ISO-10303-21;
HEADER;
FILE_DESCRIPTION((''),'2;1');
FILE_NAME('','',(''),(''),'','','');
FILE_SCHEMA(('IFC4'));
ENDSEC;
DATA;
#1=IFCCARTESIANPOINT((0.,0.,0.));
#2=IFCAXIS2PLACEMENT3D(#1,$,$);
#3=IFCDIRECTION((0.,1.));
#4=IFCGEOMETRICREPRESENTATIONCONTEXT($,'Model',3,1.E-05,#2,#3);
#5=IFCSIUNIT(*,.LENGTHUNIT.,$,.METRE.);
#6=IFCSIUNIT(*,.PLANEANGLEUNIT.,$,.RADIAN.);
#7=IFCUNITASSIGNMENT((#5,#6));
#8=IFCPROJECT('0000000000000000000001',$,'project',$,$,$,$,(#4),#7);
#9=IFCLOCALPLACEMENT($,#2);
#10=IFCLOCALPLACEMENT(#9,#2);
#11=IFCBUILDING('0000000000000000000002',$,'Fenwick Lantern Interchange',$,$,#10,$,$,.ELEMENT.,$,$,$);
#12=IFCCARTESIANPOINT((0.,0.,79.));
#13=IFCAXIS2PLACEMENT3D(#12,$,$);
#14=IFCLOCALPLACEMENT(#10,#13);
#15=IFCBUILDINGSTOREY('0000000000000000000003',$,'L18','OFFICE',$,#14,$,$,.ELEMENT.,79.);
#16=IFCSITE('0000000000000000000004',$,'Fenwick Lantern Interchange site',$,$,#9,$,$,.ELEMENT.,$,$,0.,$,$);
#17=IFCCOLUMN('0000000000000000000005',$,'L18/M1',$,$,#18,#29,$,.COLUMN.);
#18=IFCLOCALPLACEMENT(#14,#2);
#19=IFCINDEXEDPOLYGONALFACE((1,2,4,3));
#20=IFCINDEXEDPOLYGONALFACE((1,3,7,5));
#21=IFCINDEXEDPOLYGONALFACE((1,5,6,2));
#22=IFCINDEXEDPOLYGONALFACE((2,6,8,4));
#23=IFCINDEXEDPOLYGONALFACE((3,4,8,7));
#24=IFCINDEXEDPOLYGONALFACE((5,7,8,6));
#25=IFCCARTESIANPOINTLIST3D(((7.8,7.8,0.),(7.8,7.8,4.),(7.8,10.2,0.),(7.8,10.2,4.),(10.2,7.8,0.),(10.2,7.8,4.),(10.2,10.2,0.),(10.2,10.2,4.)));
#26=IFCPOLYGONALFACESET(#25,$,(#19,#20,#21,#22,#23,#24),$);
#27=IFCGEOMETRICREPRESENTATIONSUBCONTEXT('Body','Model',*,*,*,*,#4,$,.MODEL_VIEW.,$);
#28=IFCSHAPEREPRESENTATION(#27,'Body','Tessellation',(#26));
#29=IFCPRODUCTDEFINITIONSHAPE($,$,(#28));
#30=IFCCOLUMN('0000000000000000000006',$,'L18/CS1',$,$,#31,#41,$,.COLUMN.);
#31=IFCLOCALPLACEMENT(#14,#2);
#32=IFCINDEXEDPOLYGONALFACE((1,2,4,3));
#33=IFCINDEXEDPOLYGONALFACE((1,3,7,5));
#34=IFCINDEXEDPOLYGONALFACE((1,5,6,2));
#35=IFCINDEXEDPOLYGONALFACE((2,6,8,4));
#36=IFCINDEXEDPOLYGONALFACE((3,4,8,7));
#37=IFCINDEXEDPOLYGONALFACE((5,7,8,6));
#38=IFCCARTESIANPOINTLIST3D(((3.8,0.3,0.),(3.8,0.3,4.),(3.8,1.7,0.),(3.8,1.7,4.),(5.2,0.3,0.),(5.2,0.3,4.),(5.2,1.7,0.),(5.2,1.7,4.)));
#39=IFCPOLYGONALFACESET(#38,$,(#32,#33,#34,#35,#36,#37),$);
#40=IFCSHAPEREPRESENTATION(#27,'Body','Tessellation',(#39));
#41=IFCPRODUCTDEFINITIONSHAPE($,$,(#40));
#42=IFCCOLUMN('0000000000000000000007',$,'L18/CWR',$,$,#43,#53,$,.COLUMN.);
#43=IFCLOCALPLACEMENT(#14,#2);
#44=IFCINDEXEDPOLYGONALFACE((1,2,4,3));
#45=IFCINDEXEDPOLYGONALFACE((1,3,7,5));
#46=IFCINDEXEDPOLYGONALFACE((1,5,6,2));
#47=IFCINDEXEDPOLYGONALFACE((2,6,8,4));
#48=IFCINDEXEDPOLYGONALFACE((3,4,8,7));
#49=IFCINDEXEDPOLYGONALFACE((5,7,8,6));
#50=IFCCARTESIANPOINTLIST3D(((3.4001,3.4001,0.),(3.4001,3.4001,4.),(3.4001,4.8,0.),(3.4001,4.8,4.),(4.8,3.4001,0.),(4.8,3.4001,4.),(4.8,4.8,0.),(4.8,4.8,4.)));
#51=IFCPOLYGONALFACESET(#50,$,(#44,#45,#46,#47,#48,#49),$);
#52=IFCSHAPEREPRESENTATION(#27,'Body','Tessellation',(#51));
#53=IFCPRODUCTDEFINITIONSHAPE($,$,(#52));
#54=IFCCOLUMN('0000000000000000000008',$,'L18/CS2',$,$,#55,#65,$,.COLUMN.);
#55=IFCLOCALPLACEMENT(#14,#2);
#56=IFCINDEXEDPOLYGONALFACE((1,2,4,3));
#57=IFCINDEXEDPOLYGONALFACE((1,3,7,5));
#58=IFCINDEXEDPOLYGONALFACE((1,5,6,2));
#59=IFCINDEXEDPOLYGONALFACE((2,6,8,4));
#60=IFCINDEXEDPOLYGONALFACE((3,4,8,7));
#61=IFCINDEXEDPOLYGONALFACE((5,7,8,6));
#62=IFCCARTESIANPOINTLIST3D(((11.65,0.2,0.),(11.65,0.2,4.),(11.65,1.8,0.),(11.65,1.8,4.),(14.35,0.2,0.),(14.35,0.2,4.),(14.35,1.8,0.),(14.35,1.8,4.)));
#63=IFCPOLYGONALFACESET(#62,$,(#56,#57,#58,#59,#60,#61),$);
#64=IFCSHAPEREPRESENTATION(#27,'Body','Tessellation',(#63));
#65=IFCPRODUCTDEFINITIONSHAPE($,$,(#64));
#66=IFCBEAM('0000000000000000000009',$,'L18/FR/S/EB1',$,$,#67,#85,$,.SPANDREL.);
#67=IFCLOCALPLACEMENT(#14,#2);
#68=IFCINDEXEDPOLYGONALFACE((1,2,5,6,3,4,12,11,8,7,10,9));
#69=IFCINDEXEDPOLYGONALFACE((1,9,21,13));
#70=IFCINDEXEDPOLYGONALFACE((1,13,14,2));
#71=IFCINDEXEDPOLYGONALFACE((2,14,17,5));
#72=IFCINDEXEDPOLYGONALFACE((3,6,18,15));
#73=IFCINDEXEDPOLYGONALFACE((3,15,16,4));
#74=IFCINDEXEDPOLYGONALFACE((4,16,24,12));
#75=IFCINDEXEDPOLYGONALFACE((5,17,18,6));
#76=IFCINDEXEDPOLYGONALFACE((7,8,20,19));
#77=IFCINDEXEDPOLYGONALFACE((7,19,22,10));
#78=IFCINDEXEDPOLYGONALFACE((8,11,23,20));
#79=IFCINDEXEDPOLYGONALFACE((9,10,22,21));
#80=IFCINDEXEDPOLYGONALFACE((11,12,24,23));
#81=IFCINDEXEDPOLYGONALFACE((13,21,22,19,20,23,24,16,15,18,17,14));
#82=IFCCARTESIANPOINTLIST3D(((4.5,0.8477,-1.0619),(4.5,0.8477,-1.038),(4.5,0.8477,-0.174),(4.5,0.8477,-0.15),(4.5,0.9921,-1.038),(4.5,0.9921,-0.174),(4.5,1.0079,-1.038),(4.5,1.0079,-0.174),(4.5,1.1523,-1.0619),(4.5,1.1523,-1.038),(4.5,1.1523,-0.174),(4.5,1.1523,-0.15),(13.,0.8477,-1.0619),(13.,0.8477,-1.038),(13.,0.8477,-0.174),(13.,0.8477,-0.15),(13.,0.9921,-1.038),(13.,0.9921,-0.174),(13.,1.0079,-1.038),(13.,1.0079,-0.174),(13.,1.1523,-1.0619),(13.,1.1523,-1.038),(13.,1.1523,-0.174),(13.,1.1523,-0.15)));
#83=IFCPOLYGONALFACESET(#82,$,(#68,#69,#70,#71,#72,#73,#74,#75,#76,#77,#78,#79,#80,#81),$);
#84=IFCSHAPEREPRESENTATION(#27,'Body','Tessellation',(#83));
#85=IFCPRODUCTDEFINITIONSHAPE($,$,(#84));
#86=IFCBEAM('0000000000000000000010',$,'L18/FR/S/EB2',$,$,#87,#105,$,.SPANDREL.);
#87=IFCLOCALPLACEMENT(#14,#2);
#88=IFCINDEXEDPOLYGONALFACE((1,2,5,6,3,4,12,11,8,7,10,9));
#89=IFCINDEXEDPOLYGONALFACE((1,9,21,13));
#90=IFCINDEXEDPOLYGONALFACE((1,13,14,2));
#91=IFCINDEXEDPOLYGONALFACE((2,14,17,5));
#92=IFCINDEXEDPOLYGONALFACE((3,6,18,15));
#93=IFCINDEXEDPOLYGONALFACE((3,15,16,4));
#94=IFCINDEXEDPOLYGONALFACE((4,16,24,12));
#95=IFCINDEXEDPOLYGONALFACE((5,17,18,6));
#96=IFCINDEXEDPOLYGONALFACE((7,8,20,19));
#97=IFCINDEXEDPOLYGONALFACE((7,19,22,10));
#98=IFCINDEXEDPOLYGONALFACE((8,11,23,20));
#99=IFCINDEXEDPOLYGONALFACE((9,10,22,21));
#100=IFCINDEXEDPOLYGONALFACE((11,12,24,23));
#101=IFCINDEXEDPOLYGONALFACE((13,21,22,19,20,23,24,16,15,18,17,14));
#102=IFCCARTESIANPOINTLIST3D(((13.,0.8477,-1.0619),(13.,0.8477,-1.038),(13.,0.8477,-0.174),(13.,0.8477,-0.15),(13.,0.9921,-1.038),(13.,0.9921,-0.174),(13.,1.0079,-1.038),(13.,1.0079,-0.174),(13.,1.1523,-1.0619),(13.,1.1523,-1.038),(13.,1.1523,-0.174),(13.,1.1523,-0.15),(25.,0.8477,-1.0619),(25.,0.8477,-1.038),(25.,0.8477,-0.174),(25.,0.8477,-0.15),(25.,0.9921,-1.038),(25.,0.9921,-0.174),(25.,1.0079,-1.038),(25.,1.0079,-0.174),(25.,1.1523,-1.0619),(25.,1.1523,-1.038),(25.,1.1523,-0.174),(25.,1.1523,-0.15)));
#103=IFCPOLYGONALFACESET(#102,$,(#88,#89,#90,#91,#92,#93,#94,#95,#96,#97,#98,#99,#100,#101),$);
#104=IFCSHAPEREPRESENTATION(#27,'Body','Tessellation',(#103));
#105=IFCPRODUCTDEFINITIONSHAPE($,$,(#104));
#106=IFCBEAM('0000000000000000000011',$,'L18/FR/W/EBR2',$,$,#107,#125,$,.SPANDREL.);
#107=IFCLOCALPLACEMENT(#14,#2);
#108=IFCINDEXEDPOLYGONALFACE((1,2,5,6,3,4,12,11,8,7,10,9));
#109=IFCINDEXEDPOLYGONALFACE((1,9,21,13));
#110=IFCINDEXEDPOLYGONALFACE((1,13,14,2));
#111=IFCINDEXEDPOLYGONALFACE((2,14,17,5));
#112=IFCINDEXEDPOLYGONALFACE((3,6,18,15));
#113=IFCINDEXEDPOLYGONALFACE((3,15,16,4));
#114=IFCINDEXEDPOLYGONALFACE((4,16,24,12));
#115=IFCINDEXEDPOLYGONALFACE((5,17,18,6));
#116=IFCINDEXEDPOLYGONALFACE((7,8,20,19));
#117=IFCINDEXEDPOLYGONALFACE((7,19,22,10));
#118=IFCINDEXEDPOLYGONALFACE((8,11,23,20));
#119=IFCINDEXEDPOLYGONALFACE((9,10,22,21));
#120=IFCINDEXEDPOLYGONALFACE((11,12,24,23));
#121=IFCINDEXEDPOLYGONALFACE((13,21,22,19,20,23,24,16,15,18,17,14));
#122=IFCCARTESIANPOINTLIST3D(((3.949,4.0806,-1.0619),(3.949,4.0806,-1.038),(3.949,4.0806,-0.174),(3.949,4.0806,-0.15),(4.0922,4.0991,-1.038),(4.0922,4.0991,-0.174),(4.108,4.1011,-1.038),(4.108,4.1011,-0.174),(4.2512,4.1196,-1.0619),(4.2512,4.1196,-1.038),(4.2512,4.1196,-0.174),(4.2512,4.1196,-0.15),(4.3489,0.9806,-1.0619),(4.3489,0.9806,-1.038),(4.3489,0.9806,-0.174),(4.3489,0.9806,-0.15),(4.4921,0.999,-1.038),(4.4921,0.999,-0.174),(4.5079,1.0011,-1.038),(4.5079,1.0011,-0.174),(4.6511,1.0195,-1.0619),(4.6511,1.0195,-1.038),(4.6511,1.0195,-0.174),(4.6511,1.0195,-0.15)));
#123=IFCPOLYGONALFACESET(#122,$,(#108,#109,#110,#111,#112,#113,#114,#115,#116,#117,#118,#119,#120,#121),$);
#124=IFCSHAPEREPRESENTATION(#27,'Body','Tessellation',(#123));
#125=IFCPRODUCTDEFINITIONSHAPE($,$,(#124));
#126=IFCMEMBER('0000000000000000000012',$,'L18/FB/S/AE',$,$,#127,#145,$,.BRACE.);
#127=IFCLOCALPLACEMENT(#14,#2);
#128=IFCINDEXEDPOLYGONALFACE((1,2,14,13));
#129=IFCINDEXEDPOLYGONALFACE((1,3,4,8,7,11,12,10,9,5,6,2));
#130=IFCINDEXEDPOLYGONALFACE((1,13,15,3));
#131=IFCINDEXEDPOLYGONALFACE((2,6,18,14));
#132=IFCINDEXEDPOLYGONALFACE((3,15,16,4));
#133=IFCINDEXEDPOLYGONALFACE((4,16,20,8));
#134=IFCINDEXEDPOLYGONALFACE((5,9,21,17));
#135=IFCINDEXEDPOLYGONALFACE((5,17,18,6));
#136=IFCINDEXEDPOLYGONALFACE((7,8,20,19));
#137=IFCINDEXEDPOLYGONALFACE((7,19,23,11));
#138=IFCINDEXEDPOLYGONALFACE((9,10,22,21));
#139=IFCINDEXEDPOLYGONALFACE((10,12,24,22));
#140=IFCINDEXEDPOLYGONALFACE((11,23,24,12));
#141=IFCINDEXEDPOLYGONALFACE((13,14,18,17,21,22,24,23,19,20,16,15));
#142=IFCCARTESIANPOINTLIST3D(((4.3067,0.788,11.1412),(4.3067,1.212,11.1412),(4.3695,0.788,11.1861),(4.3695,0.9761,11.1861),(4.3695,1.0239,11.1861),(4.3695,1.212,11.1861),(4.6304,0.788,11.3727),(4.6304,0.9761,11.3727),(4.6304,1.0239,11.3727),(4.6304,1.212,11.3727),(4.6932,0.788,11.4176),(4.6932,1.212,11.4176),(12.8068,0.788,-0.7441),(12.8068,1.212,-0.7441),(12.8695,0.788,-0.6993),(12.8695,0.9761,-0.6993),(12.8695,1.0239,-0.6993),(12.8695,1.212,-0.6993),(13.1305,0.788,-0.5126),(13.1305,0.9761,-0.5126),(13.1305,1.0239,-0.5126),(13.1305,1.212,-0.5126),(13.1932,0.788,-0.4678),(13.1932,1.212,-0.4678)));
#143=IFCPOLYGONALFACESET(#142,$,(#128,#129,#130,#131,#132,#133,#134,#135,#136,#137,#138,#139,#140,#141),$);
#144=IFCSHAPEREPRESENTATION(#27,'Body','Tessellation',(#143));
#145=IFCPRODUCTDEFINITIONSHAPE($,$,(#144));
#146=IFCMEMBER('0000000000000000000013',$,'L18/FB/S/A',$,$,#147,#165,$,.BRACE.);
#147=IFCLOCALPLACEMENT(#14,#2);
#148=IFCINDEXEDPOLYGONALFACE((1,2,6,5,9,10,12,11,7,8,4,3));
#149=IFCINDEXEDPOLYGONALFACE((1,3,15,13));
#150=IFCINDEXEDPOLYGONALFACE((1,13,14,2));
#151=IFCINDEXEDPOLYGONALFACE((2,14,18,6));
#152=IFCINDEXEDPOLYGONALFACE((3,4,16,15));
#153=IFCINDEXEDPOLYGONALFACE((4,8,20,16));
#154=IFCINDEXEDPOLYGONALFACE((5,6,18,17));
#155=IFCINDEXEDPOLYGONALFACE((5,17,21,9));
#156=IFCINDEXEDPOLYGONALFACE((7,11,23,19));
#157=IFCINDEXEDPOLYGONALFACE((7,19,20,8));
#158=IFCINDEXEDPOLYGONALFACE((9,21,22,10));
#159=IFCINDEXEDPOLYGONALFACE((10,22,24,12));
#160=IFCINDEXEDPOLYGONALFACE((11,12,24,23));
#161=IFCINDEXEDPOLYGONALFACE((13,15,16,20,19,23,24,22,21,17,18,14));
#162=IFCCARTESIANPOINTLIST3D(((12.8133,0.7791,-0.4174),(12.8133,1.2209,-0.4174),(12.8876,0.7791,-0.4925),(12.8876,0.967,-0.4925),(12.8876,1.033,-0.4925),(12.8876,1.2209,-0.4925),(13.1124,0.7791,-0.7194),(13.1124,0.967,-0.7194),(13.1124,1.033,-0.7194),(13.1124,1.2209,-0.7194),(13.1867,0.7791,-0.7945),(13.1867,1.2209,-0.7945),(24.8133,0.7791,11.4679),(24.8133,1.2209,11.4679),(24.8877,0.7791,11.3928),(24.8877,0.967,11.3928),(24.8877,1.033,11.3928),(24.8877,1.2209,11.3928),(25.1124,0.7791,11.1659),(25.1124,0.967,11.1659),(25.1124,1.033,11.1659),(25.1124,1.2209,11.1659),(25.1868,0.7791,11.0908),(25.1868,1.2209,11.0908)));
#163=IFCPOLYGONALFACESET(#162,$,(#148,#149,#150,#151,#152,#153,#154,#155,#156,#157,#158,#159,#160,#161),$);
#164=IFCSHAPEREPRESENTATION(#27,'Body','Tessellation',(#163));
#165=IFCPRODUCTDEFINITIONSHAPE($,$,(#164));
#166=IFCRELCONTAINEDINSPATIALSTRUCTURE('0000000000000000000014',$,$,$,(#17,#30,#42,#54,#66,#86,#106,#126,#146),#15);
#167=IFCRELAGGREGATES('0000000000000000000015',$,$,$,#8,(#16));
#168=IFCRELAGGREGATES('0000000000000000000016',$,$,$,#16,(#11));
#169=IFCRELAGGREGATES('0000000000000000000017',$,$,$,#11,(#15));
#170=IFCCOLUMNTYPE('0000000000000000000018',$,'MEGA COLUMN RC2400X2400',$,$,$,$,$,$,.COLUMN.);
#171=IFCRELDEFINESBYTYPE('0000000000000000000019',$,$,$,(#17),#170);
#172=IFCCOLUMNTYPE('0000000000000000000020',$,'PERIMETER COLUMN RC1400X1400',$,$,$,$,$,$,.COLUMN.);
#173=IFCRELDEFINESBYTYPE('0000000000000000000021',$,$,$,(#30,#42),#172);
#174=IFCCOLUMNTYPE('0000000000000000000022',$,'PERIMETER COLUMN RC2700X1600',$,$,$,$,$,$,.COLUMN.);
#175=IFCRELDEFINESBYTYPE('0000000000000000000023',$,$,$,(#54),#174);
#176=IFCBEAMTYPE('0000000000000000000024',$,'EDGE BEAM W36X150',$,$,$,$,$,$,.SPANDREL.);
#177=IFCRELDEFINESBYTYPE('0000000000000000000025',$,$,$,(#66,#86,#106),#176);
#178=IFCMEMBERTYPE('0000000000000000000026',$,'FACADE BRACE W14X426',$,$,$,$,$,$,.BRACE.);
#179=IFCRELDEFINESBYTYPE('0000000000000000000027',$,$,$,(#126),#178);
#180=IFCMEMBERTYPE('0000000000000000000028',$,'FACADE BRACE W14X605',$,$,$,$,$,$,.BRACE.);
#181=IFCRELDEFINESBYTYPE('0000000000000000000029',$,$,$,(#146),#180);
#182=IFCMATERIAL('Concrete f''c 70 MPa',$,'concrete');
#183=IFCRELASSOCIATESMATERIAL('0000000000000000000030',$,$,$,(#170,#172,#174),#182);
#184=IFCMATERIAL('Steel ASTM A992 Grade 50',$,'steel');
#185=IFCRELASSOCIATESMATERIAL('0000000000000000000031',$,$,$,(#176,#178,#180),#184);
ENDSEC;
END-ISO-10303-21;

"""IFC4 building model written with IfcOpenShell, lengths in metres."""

from ifc_helpers import new_model, si_unit, direction, frame, origin, origin_2d, place, context, subcontext, project, spatial, rectangle, i_section, extrude, material, material_profile, profile_set, type_object, element, save


model = new_model("IFC4")

# Units and contexts
model_context = context("Model", 3, precision=1e-05, world=origin(), true_north=direction((0.0, 1.0)))
body_context = subcontext(model_context, "Body", "Model", "MODEL_VIEW")
ifc_project = project(units=[si_unit("LENGTHUNIT", "METRE"), si_unit("PLANEANGLEUNIT", "RADIAN")], contexts=[model_context])

# Site, building, storey
site_placement = place(None, origin())
site = spatial("IfcSite", under=ifc_project, at=site_placement, Name="Fenwick Lantern Interchange site", CompositionType="ELEMENT", RefElevation=0.0)
building_placement = place(site_placement, origin())
building = spatial("IfcBuilding", under=site, at=building_placement, Name="Fenwick Lantern Interchange", CompositionType="ELEMENT")
storey_placement = place(building_placement, frame((0.0, 0.0, 79.0)))
storey = spatial("IfcBuildingStorey", under=building, at=storey_placement, Name="L18", Description="OFFICE", CompositionType="ELEMENT", Elevation=79.0)

# Columns
ifc_material_1 = material(Name="Concrete f'c 70 MPa", Category="concrete")
ifc_material_profile_1 = material_profile(ifc_material_1, rectangle(XDim=2.3999, YDim=2.3999, at=origin_2d()), Name="RC2400X2400")
ifc_profile_set_1 = profile_set([ifc_material_profile_1], Name="Concrete f'c 70 MPa")
column_type_1 = type_object("IfcColumnType", Name="MEGA COLUMN RC2400X2400", PredefinedType="COLUMN", material=ifc_profile_set_1)
column_1_placement = place(storey_placement, frame((9.0, 9.0, 0.0), z_axis=(0.0, 0.0, 1.0), x_axis=(1.0, 0.0, 0.0)))
element("IfcColumn", 1, at=column_1_placement, inside=storey, type_object=column_type_1, Name="L18/M1", PredefinedType="COLUMN", context=body_context, shape_type="SweptSolid", body=[
    extrude(rectangle(XDim=2.3999, YDim=2.3999, at=origin_2d()), origin(), (0.0, 0.0, 1.0), 4.0),
])
ifc_material_profile_2 = material_profile(ifc_material_1, rectangle(XDim=1.3999, YDim=1.3999, at=origin_2d()), Name="RC1400X1400")
ifc_profile_set_2 = profile_set([ifc_material_profile_2], Name="Concrete f'c 70 MPa")
column_type_2 = type_object("IfcColumnType", Name="PERIMETER COLUMN RC1400X1400", PredefinedType="COLUMN", material=ifc_profile_set_2)
for number, where, z_axis, x_axis, name in (
    (2, (4.5, 1.0, 0.0), (0.0, 0.0, 1.0), (1.0, 0.0, 0.0), "L18/CS1"),
    (3, (4.1001, 4.1001, 0.0), (0.0, 0.0, 1.0), (1.0, 0.0, 0.0), "L18/CWR"),
):
    element("IfcColumn", number, at=place(storey_placement, frame(where, z_axis=z_axis, x_axis=x_axis)), inside=storey, type_object=column_type_2, Name=name, PredefinedType="COLUMN", context=body_context, shape_type="SweptSolid", body=[
        extrude(rectangle(XDim=1.3999, YDim=1.3999, at=origin_2d()), origin(), (0.0, 0.0, 1.0), 4.0),
    ])
ifc_material_profile_3 = material_profile(ifc_material_1, rectangle(XDim=2.7, YDim=1.6001, at=origin_2d()), Name="RC2700X1600")
ifc_profile_set_3 = profile_set([ifc_material_profile_3], Name="Concrete f'c 70 MPa")
column_type_3 = type_object("IfcColumnType", Name="PERIMETER COLUMN RC2700X1600", PredefinedType="COLUMN", material=ifc_profile_set_3)
column_2_placement = place(storey_placement, frame((13.0, 1.0, 0.0), z_axis=(0.0, 0.0, 1.0), x_axis=(1.0, 0.0, 0.0)))
element("IfcColumn", 4, at=column_2_placement, inside=storey, type_object=column_type_3, Name="L18/CS2", PredefinedType="COLUMN", context=body_context, shape_type="SweptSolid", body=[
    extrude(rectangle(XDim=2.7, YDim=1.6001, at=origin_2d()), origin(), (0.0, 0.0, 1.0), 4.0),
])

# Beams
ifc_material_2 = material(Name="Steel ASTM A992 Grade 50", Category="steel")
ifc_material_profile_4 = material_profile(ifc_material_2, i_section(OverallWidth=0.3047, OverallDepth=0.9119, WebThickness=0.0159, FlangeThickness=0.0239, at=origin_2d()), Name="W36X150")
ifc_profile_set_4 = profile_set([ifc_material_profile_4], Name="Steel ASTM A992 Grade 50")
beam_type_1 = type_object("IfcBeamType", Name="EDGE BEAM W36X150", PredefinedType="SPANDREL", material=ifc_profile_set_4)
beam_1_placement = place(storey_placement, frame((4.5, 1.0, -0.606), z_axis=(1.0, 0.0, 0.0), x_axis=(0.0, 1.0, 0.0)))
element("IfcBeam", 5, at=beam_1_placement, inside=storey, type_object=beam_type_1, Name="L18/FR/S/EB1", PredefinedType="SPANDREL", context=body_context, shape_type="SweptSolid", body=[
    extrude(i_section(OverallWidth=0.3047, OverallDepth=0.9119, WebThickness=0.0159, FlangeThickness=0.0239, at=origin_2d()), origin(), (0.0, 0.0, 1.0), 8.5),
])
beam_2_placement = place(storey_placement, frame((13.0, 1.0, -0.606), z_axis=(1.0, 0.0, 0.0), x_axis=(0.0, 1.0, 0.0)))
element("IfcBeam", 6, at=beam_2_placement, inside=storey, type_object=beam_type_1, Name="L18/FR/S/EB2", PredefinedType="SPANDREL", context=body_context, shape_type="SweptSolid", body=[
    extrude(i_section(OverallWidth=0.3047, OverallDepth=0.9119, WebThickness=0.0159, FlangeThickness=0.0239, at=origin_2d()), origin(), (0.0, 0.0, 1.0), 12.0),
])
beam_3_placement = place(storey_placement, frame((4.1001, 4.1001, -0.606), z_axis=(0.127937, -0.991782, 0.0), x_axis=(0.991782, 0.127937, 0.0)))
element("IfcBeam", 7, at=beam_3_placement, inside=storey, type_object=beam_type_1, Name="L18/FR/W/EBR2", PredefinedType="SPANDREL", context=body_context, shape_type="SweptSolid", body=[
    extrude(i_section(OverallWidth=0.3047, OverallDepth=0.9119, WebThickness=0.0159, FlangeThickness=0.0239, at=origin_2d()), origin(), (0.0, 0.0, 1.0), 3.1257),
])

# Members
ifc_material_profile_5 = material_profile(ifc_material_2, i_section(OverallWidth=0.4241, OverallDepth=0.4751, WebThickness=0.0479, FlangeThickness=0.0771, at=origin_2d()), Name="W14X426")
ifc_profile_set_5 = profile_set([ifc_material_profile_5], Name="Steel ASTM A992 Grade 50")
member_type_1 = type_object("IfcMemberType", Name="FACADE BRACE W14X426", PredefinedType="BRACE", material=ifc_profile_set_5)
member_1_placement = place(storey_placement, frame((13.0, 1.0, -0.606), z_axis=(-0.581715, 0.0, 0.813392), x_axis=(0.0, -1.0, 0.0)))
element("IfcMember", 8, at=member_1_placement, inside=storey, type_object=member_type_1, Name="L18/FB/S/AE", PredefinedType="BRACE", context=body_context, shape_type="SweptSolid", body=[
    extrude(i_section(OverallWidth=0.4241, OverallDepth=0.4751, WebThickness=0.0479, FlangeThickness=0.0771, at=origin_2d()), origin(), (0.0, 0.0, 1.0), 14.6121),
])
ifc_material_profile_6 = material_profile(ifc_material_2, i_section(OverallWidth=0.4419, OverallDepth=0.5308, WebThickness=0.0659, FlangeThickness=0.1057, at=origin_2d()), Name="W14X605")
ifc_profile_set_6 = profile_set([ifc_material_profile_6], Name="Steel ASTM A992 Grade 50")
member_type_2 = type_object("IfcMemberType", Name="FACADE BRACE W14X605", PredefinedType="BRACE", material=ifc_profile_set_6)
member_2_placement = place(storey_placement, frame((13.0, 1.0, -0.606), z_axis=(0.710496, 0.0, 0.703702), x_axis=(0.0, 1.0, 0.0)))
element("IfcMember", 9, at=member_2_placement, inside=storey, type_object=member_type_2, Name="L18/FB/S/A", PredefinedType="BRACE", context=body_context, shape_type="SweptSolid", body=[
    extrude(i_section(OverallWidth=0.4419, OverallDepth=0.5308, WebThickness=0.0659, FlangeThickness=0.1057, at=origin_2d()), origin(), (0.0, 0.0, 1.0), 16.8896),
])

save(model, "model.ifc")
